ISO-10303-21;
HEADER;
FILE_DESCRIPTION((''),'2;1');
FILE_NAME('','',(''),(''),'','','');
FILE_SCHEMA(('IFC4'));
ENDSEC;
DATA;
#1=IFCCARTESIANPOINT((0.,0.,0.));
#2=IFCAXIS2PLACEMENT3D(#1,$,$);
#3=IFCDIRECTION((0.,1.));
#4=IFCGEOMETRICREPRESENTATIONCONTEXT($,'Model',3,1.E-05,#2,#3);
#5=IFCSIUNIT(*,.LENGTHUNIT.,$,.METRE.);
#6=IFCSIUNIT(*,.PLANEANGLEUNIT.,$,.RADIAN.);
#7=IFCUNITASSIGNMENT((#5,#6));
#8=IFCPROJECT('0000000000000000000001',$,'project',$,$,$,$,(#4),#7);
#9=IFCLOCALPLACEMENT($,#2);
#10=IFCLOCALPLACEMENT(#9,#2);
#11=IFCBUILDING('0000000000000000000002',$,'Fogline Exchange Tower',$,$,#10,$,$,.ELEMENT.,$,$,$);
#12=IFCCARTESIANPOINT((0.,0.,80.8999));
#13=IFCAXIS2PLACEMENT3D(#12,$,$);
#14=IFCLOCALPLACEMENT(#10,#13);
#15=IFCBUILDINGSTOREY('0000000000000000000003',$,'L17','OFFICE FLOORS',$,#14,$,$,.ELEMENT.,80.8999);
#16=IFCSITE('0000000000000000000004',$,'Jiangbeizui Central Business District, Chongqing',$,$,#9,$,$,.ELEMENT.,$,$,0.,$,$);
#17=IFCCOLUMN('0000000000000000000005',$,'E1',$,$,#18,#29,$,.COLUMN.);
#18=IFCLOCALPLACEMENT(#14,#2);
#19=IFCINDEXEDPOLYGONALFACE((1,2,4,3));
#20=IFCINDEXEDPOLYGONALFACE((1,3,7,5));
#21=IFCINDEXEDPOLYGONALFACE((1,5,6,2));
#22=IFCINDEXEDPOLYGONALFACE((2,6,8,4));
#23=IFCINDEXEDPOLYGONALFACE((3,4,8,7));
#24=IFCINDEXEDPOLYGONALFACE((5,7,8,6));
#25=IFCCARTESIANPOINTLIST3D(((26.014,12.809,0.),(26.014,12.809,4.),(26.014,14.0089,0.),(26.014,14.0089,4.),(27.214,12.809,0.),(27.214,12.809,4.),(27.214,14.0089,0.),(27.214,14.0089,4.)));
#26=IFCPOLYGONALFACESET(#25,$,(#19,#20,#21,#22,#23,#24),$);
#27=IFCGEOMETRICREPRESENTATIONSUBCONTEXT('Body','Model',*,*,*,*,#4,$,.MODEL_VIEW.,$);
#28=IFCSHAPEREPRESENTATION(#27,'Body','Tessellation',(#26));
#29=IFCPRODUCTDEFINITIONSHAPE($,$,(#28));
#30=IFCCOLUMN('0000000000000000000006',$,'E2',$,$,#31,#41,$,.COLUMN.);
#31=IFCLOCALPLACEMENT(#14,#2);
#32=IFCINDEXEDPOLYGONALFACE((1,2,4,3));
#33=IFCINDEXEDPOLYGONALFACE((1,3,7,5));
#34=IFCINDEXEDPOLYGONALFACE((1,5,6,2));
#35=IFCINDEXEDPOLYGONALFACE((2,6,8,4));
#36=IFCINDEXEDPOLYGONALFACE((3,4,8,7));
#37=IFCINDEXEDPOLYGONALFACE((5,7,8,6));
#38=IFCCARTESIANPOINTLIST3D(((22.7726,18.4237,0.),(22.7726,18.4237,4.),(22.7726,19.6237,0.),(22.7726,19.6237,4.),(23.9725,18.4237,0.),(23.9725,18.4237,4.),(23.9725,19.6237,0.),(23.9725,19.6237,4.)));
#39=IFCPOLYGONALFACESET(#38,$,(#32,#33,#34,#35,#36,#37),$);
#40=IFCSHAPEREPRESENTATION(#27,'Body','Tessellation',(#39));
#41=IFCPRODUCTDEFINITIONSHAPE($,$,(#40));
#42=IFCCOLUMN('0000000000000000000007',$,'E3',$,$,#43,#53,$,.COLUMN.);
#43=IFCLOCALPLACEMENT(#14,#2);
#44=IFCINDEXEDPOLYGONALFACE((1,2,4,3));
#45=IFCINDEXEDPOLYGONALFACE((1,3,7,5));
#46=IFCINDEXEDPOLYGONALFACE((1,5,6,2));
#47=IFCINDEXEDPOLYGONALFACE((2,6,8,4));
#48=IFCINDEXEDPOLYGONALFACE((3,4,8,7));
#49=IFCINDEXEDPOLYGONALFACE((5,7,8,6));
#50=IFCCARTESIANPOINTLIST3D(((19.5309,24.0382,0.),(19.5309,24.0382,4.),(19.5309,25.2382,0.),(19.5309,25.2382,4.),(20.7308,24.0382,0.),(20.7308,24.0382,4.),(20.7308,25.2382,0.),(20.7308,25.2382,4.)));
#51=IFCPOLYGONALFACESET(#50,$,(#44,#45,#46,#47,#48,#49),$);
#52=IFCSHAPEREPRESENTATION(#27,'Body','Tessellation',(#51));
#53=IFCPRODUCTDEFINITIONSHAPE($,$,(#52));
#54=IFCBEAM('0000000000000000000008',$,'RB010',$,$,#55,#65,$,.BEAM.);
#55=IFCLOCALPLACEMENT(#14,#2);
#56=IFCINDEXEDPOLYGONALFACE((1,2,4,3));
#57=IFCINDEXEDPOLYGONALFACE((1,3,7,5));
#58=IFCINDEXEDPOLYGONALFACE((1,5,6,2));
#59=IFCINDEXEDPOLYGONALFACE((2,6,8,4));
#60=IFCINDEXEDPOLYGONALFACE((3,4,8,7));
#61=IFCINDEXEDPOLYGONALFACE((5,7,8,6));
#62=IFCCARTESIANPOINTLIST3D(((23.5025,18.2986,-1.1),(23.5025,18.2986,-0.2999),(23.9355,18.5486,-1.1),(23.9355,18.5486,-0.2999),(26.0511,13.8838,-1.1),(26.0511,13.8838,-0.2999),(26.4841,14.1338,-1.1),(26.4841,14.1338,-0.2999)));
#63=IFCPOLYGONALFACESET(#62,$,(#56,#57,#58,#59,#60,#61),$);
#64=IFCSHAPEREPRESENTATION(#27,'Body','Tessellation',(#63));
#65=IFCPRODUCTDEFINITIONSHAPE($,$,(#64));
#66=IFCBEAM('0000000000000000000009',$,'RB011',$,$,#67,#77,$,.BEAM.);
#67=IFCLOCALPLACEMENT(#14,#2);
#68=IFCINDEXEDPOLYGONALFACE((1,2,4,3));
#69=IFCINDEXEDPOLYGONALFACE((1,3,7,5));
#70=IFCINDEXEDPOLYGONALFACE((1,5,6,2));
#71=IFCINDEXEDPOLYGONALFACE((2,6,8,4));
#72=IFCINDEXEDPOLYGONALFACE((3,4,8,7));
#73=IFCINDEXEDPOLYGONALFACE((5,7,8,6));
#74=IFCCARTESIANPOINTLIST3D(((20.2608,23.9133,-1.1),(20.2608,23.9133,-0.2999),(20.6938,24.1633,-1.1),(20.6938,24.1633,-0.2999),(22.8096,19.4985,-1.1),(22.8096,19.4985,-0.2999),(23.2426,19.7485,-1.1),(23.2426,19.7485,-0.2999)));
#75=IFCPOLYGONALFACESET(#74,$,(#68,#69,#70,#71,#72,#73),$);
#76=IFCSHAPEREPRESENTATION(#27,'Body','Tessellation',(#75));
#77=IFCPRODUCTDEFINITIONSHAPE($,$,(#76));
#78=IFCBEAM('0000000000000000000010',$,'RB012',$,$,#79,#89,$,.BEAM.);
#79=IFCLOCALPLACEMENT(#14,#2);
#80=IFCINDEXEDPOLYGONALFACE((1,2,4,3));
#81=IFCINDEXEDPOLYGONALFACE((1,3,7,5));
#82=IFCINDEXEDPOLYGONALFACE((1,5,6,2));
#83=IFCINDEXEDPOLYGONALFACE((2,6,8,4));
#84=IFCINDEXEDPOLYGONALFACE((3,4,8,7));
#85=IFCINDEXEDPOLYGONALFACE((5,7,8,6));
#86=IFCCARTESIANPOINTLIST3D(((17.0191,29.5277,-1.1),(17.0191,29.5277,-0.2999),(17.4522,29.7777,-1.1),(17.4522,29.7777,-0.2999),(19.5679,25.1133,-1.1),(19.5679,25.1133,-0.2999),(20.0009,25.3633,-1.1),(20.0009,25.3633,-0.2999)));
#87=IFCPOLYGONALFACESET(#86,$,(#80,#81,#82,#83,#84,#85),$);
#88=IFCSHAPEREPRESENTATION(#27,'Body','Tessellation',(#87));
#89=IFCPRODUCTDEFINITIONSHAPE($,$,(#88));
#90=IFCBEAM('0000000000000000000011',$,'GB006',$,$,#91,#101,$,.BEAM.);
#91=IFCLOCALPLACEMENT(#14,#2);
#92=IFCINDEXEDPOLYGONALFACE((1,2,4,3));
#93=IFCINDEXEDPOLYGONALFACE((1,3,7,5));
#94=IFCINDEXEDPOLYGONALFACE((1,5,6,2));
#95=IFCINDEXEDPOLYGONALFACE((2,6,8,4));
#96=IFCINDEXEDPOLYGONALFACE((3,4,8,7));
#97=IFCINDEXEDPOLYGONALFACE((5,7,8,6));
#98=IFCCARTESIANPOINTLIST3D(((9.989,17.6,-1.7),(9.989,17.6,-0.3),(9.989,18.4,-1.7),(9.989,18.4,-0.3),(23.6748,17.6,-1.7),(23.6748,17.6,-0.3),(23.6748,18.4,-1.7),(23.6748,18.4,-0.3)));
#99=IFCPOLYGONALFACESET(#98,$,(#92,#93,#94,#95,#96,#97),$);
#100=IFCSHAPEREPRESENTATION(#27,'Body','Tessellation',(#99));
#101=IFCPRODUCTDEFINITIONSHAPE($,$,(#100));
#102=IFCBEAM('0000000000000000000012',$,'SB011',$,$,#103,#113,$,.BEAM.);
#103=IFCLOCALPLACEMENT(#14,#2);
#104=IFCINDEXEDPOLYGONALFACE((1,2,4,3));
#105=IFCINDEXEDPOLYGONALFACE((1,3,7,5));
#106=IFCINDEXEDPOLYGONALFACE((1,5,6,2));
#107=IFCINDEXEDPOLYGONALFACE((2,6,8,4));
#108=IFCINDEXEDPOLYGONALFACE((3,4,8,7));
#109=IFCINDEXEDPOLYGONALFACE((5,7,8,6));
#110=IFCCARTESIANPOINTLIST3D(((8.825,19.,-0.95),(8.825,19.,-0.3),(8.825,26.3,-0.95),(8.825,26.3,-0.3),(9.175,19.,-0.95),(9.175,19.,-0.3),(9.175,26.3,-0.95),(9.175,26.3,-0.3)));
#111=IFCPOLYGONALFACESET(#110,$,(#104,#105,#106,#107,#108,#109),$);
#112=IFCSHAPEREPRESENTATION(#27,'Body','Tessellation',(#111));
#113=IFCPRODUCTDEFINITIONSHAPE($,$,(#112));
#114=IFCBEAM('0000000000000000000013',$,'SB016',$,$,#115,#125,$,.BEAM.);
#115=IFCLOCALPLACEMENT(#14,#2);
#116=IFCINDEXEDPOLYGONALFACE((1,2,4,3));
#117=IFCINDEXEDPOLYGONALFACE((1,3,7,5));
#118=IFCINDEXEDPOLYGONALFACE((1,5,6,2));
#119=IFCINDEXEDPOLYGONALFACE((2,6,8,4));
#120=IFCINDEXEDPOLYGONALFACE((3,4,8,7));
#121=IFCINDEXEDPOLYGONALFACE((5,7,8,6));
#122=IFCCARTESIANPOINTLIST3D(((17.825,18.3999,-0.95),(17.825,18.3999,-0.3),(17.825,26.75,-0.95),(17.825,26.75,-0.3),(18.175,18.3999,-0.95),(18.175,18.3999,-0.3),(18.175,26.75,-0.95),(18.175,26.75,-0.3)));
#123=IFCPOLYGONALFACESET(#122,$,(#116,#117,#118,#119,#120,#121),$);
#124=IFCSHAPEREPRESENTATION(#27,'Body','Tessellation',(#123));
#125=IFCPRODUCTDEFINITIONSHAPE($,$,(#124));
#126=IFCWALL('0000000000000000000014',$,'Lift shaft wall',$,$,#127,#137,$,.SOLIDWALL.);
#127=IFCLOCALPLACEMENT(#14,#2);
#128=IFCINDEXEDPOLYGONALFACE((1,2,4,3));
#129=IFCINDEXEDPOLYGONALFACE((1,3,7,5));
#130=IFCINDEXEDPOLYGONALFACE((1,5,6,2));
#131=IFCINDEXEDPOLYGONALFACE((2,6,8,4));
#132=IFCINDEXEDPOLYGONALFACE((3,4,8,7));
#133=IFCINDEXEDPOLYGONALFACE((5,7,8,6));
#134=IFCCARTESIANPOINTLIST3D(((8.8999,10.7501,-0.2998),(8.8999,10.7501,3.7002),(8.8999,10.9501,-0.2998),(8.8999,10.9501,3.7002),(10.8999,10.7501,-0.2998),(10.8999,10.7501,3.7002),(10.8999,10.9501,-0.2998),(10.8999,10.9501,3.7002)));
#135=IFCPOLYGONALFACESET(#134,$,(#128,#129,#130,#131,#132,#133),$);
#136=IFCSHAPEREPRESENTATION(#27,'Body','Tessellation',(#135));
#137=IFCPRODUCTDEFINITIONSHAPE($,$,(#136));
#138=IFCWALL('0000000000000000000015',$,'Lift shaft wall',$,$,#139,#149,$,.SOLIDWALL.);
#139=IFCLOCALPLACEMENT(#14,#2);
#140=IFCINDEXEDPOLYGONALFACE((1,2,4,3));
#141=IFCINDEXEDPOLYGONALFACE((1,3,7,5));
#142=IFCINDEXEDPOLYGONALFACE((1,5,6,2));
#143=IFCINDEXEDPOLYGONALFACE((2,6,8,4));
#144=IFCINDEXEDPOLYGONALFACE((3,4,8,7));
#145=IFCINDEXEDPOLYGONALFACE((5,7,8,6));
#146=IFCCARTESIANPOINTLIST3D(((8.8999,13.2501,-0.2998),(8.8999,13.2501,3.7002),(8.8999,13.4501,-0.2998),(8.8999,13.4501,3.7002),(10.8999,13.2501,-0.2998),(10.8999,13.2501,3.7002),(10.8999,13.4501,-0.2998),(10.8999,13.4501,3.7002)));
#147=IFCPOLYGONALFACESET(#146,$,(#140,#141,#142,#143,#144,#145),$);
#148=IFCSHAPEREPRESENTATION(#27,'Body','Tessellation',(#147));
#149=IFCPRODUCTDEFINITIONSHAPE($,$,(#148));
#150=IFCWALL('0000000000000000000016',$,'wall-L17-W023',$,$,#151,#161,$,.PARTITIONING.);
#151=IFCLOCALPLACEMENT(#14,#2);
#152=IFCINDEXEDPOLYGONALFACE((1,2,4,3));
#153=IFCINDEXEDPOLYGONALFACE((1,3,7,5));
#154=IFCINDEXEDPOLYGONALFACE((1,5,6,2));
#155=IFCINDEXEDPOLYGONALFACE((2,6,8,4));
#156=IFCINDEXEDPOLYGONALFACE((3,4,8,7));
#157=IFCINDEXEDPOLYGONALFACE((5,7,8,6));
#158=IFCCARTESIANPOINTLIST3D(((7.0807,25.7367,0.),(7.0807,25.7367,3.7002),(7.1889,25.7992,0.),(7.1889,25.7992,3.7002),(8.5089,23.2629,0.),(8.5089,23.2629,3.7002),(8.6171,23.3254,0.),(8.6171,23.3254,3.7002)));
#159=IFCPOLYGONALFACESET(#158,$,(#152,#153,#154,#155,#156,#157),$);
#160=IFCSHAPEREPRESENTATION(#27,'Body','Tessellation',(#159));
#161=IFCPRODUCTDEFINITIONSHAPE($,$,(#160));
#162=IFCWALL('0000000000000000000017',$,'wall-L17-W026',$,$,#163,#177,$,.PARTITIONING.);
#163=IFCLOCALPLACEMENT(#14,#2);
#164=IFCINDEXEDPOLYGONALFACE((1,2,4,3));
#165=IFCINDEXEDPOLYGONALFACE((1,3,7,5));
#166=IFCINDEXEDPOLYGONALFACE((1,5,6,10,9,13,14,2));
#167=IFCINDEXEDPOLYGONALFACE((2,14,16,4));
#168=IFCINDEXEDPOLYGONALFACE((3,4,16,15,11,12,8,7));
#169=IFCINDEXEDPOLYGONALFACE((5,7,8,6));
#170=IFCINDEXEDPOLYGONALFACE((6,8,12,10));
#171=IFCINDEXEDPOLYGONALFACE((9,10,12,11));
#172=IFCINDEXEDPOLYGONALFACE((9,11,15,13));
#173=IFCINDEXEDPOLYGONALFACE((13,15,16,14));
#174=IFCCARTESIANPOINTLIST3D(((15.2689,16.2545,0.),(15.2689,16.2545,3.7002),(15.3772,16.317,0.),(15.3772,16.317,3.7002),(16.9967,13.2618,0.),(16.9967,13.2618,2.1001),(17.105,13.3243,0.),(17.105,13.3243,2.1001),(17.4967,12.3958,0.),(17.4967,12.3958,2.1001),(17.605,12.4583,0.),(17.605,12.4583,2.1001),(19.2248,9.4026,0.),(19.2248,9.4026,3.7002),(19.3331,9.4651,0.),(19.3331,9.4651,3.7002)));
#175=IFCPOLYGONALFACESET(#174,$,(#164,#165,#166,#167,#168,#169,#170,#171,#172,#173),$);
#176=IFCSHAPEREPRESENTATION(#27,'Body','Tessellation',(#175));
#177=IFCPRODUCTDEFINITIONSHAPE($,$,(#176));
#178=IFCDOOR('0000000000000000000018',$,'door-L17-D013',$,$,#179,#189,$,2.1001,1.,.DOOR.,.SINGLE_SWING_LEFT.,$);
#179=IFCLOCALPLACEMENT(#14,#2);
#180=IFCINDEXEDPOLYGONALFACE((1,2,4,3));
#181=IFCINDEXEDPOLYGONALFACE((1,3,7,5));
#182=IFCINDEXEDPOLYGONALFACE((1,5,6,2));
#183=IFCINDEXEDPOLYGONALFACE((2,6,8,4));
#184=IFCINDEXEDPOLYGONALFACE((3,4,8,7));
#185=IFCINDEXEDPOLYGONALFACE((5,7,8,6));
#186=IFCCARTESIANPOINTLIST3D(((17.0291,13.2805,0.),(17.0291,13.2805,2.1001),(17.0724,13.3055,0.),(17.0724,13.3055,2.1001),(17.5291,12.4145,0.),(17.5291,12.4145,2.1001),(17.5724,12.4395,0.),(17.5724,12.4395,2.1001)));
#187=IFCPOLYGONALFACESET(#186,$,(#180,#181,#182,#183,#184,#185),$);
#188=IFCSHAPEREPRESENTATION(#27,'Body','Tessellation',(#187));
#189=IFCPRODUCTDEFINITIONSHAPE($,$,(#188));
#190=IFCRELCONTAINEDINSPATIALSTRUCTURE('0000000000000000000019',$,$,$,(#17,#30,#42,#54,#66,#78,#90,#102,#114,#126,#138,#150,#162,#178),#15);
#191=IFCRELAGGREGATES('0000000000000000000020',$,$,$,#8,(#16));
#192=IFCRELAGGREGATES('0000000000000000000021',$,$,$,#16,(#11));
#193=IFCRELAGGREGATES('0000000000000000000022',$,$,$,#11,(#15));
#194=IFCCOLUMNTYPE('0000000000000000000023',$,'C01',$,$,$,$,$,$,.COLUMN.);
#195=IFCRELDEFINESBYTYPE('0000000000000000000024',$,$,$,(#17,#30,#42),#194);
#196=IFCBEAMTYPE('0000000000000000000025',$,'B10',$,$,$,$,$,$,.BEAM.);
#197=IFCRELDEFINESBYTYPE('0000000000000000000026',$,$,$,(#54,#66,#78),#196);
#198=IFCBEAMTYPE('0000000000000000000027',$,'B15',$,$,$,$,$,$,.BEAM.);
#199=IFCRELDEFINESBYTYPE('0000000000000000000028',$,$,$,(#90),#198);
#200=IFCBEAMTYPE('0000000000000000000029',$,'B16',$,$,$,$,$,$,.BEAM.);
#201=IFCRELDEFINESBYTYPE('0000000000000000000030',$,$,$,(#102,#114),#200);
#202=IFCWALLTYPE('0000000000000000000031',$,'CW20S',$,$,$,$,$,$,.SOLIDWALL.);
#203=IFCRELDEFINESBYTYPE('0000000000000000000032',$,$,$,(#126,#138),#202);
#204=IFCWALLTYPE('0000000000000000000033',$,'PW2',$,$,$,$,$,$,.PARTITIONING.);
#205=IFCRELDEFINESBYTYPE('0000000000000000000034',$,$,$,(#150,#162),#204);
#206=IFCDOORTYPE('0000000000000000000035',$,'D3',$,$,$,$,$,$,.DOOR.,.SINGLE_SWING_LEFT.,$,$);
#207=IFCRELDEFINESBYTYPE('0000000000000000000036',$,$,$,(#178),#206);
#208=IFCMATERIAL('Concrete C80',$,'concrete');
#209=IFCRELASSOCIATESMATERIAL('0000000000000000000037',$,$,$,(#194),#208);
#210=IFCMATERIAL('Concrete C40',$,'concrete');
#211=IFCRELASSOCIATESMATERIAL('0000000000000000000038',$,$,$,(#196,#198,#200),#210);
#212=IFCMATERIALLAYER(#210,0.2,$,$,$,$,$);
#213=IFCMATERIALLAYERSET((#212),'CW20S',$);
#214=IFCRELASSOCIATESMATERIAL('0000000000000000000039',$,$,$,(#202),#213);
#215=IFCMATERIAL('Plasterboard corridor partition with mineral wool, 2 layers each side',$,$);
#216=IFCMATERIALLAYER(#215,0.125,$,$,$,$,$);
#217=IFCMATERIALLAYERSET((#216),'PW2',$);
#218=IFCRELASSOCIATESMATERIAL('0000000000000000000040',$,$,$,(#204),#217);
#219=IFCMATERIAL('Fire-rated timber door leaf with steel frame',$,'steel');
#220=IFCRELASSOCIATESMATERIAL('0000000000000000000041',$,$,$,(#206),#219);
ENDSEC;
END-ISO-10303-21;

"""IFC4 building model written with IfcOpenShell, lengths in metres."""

from ifc_helpers import new_model, si_unit, direction, frame, frame_2d, origin, origin_2d, place, context, subcontext, project, spatial, rectangle, extrude, material, layer, layer_set, material_profile, profile_set, type_object, element, fill, save


model = new_model("IFC4")

# Units and contexts
model_context = context("Model", 3, precision=1e-05, world=origin(), true_north=direction((0.0, 1.0)))
body_context = subcontext(model_context, "Body", "Model", "MODEL_VIEW")
ifc_project = project(units=[si_unit("LENGTHUNIT", "METRE"), si_unit("PLANEANGLEUNIT", "RADIAN")], contexts=[model_context])

# Site, building, storey
site_placement = place(None, origin())
site = spatial("IfcSite", under=ifc_project, at=site_placement, Name="Jiangbeizui Central Business District, Chongqing", CompositionType="ELEMENT", RefElevation=0.0)
building_placement = place(site_placement, origin())
building = spatial("IfcBuilding", under=site, at=building_placement, Name="Fogline Exchange Tower", CompositionType="ELEMENT")
storey_placement = place(building_placement, frame((0.0, 0.0, 80.8999)))
storey = spatial("IfcBuildingStorey", under=building, at=storey_placement, Name="L17", Description="OFFICE FLOORS", CompositionType="ELEMENT", Elevation=80.8999)

# Columns
ifc_material_1 = material(Name="Concrete C80", Category="concrete")
ifc_material_profile_1 = material_profile(ifc_material_1, rectangle(XDim=1.2, YDim=1.2, at=origin_2d()), Name="RC 1200x1200")
ifc_profile_set_1 = profile_set([ifc_material_profile_1], Name="Concrete C80")
column_type = type_object("IfcColumnType", Name="C01", PredefinedType="COLUMN", material=ifc_profile_set_1)
for number, where, z_axis, x_axis, name in (
    (1, (26.614, 13.4089, 0.0), (0.0, 0.0, 1.0), (1.0, 0.0, 0.0), "E1"),
    (2, (23.3726, 19.0237, 0.0), (0.0, 0.0, 1.0), (1.0, 0.0, 0.0), "E2"),
    (3, (20.1309, 24.6382, 0.0), (0.0, 0.0, 1.0), (1.0, 0.0, 0.0), "E3"),
):
    element("IfcColumn", number, at=place(storey_placement, frame(where, z_axis=z_axis, x_axis=x_axis)), inside=storey, type_object=column_type, Name=name, PredefinedType="COLUMN", context=body_context, shape_type="SweptSolid", body=[
        extrude(rectangle(XDim=1.2, YDim=1.2, at=origin_2d()), origin(), (0.0, 0.0, 1.0), 4.0),
    ])

# Beams
ifc_material_2 = material(Name="Concrete C40", Category="concrete")
ifc_material_profile_2 = material_profile(ifc_material_2, rectangle(XDim=0.5, YDim=0.8, at=origin_2d()), Name="RC 500x800")
ifc_profile_set_2 = profile_set([ifc_material_profile_2], Name="Concrete C40")
beam_type_1 = type_object("IfcBeamType", Name="B10", PredefinedType="BEAM", material=ifc_profile_set_2)
for number, where, z_axis, x_axis, name in (
    (4, (26.2676, 14.0088, -0.7), (-0.499956, 0.866051, 0.0), (-0.866051, -0.499956, 0.0), "RB010"),
    (5, (23.0261, 19.6235, -0.7), (-0.499992, 0.86603, 0.0), (-0.86603, -0.499992, 0.0), "RB011"),
):
    element("IfcBeam", number, at=place(storey_placement, frame(where, z_axis=z_axis, x_axis=x_axis)), inside=storey, type_object=beam_type_1, Name=name, PredefinedType="BEAM", context=body_context, shape_type="SweptSolid", body=[
        extrude(rectangle(XDim=0.5, YDim=0.8, at=origin_2d()), origin(), (0.0, 0.0, 1.0), 5.0977),
    ])
beam_1_placement = place(storey_placement, frame((19.7844, 25.2383, -0.7), z_axis=(-0.500013, 0.866018, 0.0), x_axis=(-0.866018, -0.500013, 0.0)))
element("IfcBeam", 6, at=beam_1_placement, inside=storey, type_object=beam_type_1, Name="RB012", PredefinedType="BEAM", context=body_context, shape_type="SweptSolid", body=[
    extrude(rectangle(XDim=0.5, YDim=0.8, at=origin_2d()), origin(), (0.0, 0.0, 1.0), 5.0974),
])
ifc_material_profile_3 = material_profile(ifc_material_2, rectangle(XDim=0.8, YDim=1.3999, at=origin_2d()), Name="RC 800x1400")
ifc_profile_set_3 = profile_set([ifc_material_profile_3], Name="Concrete C40")
beam_type_2 = type_object("IfcBeamType", Name="B15", PredefinedType="BEAM", material=ifc_profile_set_3)
beam_2_placement = place(storey_placement, frame((9.989, 18.0, -1.0), z_axis=(1.0, 0.0, 0.0), x_axis=(0.0, 1.0, 0.0)))
element("IfcBeam", 7, at=beam_2_placement, inside=storey, type_object=beam_type_2, Name="GB006", PredefinedType="BEAM", context=body_context, shape_type="SweptSolid", body=[
    extrude(rectangle(XDim=0.8, YDim=1.3999, at=origin_2d()), origin(), (0.0, 0.0, 1.0), 13.6858),
])
ifc_material_profile_4 = material_profile(ifc_material_2, rectangle(XDim=0.3501, YDim=0.6499, at=origin_2d()), Name="RC 350x650")
ifc_profile_set_4 = profile_set([ifc_material_profile_4], Name="Concrete C40")
beam_type_3 = type_object("IfcBeamType", Name="B16", PredefinedType="BEAM", material=ifc_profile_set_4)
beam_3_placement = place(storey_placement, frame((9.0, 19.0, -0.625), z_axis=(0.0, 1.0, 0.0), x_axis=(-1.0, 0.0, 0.0)))
element("IfcBeam", 8, at=beam_3_placement, inside=storey, type_object=beam_type_3, Name="SB011", PredefinedType="BEAM", context=body_context, shape_type="SweptSolid", body=[
    extrude(rectangle(XDim=0.3501, YDim=0.6499, at=origin_2d()), origin(), (0.0, 0.0, 1.0), 7.3),
])
beam_4_placement = place(storey_placement, frame((18.0, 18.3999, -0.625), z_axis=(0.0, 1.0, 0.0), x_axis=(-1.0, 0.0, 0.0)))
element("IfcBeam", 9, at=beam_4_placement, inside=storey, type_object=beam_type_3, Name="SB016", PredefinedType="BEAM", context=body_context, shape_type="SweptSolid", body=[
    extrude(rectangle(XDim=0.3501, YDim=0.6499, at=origin_2d()), origin(), (0.0, 0.0, 1.0), 8.3501),
])

# Walls
ifc_layer_1 = layer(ifc_material_2, 0.2)
ifc_layer_set_1 = layer_set([ifc_layer_1], Name="CW20S")
wall_type_1 = type_object("IfcWallType", Name="CW20S", PredefinedType="SOLIDWALL", material=ifc_layer_set_1)
for number, where, z_axis, x_axis, name in (
    (10, (8.8999, 10.8501, -0.2998), (0.0, 0.0, 1.0), (1.0, 0.0, 0.0), "Lift shaft wall"),
    (11, (8.8999, 13.3501, -0.2998), (0.0, 0.0, 1.0), (1.0, 0.0, 0.0), "Lift shaft wall"),
):
    element("IfcWall", number, at=place(storey_placement, frame(where, z_axis=z_axis, x_axis=x_axis)), inside=storey, type_object=wall_type_1, Name=name, PredefinedType="SOLIDWALL", context=body_context, shape_type="SweptSolid", body=[
        extrude(rectangle(XDim=2.0, YDim=0.2, at=frame_2d((1.0, 0.0))), origin(), (0.0, 0.0, 1.0), 4.0),
    ])
ifc_material_3 = material(Name="Plasterboard corridor partition with mineral wool, 2 layers each side")
ifc_layer_2 = layer(ifc_material_3, 0.125)
ifc_layer_set_2 = layer_set([ifc_layer_2], Name="PW2")
wall_type_2 = type_object("IfcWallType", Name="PW2", PredefinedType="PARTITIONING", material=ifc_layer_set_2)
wall_1_placement = place(storey_placement, frame((8.563, 23.2942, 0.0), z_axis=(0.0, 0.0, 1.0), x_axis=(-0.499981, 0.866036, 0.0)))
element("IfcWall", 12, at=wall_1_placement, inside=storey, type_object=wall_type_2, Name="wall-L17-W023", PredefinedType="PARTITIONING", context=body_context, shape_type="SweptSolid", body=[
    extrude(rectangle(XDim=2.8564, YDim=0.125, at=frame_2d((1.4282, 0.0))), origin(), (0.0, 0.0, 1.0), 3.7002),
])

# Wall, opening, door
wall_2_placement = place(storey_placement, frame((15.323, 16.2859, 0.0), z_axis=(0.0, 0.0, 1.0), x_axis=(0.499992, -0.86603, 0.0)))
wall_2 = element("IfcWall", 13, at=wall_2_placement, inside=storey, type_object=wall_type_2, Name="wall-L17-W026", PredefinedType="PARTITIONING", context=body_context, shape_type="SweptSolid", body=[
    extrude(rectangle(XDim=7.9119, YDim=0.125, at=frame_2d((3.9561, 0.0))), origin(), (0.0, 0.0, 1.0), 3.7002),
])
opening_1_placement = place(wall_2_placement, frame((3.4558, 0.0, 0.0)))
opening_1 = element("IfcOpeningElement", 14, at=opening_1_placement, cuts=wall_2, PredefinedType="OPENING", context=body_context, shape_type="SweptSolid", body=[
    extrude(rectangle(XDim=1.0, YDim=2.1001, at=frame_2d((0.5, 1.05))), frame((0.0, 0.0725, 0.0), z_axis=(0.0, -1.0, 0.0), x_axis=(1.0, 0.0, 0.0)), (0.0, 0.0, 1.0), 0.145),
])
ifc_material_4 = material(Name="Fire-rated timber door leaf with steel frame", Category="steel")
door_type_1 = type_object("IfcDoorType", Name="D3", OperationType="SINGLE_SWING_LEFT", PredefinedType="DOOR", material=ifc_material_4)
door_1_placement = place(opening_1_placement, origin())
door_1 = element("IfcDoor", 15, at=door_1_placement, inside=storey, type_object=door_type_1, Name="door-L17-D013", OperationType="SINGLE_SWING_LEFT", OverallHeight=2.1001, OverallWidth=1.0, PredefinedType="DOOR", context=body_context, shape_type="SweptSolid", body=[
    extrude(rectangle(XDim=1.0, YDim=2.1001, at=frame_2d((0.5, 1.05))), frame((0.0, 0.0249, 0.0), z_axis=(0.0, -1.0, 0.0), x_axis=(1.0, 0.0, 0.0)), (0.0, 0.0, 1.0), 0.05),
])
fill(opening_1, door_1)

save(model, "model.ifc")
